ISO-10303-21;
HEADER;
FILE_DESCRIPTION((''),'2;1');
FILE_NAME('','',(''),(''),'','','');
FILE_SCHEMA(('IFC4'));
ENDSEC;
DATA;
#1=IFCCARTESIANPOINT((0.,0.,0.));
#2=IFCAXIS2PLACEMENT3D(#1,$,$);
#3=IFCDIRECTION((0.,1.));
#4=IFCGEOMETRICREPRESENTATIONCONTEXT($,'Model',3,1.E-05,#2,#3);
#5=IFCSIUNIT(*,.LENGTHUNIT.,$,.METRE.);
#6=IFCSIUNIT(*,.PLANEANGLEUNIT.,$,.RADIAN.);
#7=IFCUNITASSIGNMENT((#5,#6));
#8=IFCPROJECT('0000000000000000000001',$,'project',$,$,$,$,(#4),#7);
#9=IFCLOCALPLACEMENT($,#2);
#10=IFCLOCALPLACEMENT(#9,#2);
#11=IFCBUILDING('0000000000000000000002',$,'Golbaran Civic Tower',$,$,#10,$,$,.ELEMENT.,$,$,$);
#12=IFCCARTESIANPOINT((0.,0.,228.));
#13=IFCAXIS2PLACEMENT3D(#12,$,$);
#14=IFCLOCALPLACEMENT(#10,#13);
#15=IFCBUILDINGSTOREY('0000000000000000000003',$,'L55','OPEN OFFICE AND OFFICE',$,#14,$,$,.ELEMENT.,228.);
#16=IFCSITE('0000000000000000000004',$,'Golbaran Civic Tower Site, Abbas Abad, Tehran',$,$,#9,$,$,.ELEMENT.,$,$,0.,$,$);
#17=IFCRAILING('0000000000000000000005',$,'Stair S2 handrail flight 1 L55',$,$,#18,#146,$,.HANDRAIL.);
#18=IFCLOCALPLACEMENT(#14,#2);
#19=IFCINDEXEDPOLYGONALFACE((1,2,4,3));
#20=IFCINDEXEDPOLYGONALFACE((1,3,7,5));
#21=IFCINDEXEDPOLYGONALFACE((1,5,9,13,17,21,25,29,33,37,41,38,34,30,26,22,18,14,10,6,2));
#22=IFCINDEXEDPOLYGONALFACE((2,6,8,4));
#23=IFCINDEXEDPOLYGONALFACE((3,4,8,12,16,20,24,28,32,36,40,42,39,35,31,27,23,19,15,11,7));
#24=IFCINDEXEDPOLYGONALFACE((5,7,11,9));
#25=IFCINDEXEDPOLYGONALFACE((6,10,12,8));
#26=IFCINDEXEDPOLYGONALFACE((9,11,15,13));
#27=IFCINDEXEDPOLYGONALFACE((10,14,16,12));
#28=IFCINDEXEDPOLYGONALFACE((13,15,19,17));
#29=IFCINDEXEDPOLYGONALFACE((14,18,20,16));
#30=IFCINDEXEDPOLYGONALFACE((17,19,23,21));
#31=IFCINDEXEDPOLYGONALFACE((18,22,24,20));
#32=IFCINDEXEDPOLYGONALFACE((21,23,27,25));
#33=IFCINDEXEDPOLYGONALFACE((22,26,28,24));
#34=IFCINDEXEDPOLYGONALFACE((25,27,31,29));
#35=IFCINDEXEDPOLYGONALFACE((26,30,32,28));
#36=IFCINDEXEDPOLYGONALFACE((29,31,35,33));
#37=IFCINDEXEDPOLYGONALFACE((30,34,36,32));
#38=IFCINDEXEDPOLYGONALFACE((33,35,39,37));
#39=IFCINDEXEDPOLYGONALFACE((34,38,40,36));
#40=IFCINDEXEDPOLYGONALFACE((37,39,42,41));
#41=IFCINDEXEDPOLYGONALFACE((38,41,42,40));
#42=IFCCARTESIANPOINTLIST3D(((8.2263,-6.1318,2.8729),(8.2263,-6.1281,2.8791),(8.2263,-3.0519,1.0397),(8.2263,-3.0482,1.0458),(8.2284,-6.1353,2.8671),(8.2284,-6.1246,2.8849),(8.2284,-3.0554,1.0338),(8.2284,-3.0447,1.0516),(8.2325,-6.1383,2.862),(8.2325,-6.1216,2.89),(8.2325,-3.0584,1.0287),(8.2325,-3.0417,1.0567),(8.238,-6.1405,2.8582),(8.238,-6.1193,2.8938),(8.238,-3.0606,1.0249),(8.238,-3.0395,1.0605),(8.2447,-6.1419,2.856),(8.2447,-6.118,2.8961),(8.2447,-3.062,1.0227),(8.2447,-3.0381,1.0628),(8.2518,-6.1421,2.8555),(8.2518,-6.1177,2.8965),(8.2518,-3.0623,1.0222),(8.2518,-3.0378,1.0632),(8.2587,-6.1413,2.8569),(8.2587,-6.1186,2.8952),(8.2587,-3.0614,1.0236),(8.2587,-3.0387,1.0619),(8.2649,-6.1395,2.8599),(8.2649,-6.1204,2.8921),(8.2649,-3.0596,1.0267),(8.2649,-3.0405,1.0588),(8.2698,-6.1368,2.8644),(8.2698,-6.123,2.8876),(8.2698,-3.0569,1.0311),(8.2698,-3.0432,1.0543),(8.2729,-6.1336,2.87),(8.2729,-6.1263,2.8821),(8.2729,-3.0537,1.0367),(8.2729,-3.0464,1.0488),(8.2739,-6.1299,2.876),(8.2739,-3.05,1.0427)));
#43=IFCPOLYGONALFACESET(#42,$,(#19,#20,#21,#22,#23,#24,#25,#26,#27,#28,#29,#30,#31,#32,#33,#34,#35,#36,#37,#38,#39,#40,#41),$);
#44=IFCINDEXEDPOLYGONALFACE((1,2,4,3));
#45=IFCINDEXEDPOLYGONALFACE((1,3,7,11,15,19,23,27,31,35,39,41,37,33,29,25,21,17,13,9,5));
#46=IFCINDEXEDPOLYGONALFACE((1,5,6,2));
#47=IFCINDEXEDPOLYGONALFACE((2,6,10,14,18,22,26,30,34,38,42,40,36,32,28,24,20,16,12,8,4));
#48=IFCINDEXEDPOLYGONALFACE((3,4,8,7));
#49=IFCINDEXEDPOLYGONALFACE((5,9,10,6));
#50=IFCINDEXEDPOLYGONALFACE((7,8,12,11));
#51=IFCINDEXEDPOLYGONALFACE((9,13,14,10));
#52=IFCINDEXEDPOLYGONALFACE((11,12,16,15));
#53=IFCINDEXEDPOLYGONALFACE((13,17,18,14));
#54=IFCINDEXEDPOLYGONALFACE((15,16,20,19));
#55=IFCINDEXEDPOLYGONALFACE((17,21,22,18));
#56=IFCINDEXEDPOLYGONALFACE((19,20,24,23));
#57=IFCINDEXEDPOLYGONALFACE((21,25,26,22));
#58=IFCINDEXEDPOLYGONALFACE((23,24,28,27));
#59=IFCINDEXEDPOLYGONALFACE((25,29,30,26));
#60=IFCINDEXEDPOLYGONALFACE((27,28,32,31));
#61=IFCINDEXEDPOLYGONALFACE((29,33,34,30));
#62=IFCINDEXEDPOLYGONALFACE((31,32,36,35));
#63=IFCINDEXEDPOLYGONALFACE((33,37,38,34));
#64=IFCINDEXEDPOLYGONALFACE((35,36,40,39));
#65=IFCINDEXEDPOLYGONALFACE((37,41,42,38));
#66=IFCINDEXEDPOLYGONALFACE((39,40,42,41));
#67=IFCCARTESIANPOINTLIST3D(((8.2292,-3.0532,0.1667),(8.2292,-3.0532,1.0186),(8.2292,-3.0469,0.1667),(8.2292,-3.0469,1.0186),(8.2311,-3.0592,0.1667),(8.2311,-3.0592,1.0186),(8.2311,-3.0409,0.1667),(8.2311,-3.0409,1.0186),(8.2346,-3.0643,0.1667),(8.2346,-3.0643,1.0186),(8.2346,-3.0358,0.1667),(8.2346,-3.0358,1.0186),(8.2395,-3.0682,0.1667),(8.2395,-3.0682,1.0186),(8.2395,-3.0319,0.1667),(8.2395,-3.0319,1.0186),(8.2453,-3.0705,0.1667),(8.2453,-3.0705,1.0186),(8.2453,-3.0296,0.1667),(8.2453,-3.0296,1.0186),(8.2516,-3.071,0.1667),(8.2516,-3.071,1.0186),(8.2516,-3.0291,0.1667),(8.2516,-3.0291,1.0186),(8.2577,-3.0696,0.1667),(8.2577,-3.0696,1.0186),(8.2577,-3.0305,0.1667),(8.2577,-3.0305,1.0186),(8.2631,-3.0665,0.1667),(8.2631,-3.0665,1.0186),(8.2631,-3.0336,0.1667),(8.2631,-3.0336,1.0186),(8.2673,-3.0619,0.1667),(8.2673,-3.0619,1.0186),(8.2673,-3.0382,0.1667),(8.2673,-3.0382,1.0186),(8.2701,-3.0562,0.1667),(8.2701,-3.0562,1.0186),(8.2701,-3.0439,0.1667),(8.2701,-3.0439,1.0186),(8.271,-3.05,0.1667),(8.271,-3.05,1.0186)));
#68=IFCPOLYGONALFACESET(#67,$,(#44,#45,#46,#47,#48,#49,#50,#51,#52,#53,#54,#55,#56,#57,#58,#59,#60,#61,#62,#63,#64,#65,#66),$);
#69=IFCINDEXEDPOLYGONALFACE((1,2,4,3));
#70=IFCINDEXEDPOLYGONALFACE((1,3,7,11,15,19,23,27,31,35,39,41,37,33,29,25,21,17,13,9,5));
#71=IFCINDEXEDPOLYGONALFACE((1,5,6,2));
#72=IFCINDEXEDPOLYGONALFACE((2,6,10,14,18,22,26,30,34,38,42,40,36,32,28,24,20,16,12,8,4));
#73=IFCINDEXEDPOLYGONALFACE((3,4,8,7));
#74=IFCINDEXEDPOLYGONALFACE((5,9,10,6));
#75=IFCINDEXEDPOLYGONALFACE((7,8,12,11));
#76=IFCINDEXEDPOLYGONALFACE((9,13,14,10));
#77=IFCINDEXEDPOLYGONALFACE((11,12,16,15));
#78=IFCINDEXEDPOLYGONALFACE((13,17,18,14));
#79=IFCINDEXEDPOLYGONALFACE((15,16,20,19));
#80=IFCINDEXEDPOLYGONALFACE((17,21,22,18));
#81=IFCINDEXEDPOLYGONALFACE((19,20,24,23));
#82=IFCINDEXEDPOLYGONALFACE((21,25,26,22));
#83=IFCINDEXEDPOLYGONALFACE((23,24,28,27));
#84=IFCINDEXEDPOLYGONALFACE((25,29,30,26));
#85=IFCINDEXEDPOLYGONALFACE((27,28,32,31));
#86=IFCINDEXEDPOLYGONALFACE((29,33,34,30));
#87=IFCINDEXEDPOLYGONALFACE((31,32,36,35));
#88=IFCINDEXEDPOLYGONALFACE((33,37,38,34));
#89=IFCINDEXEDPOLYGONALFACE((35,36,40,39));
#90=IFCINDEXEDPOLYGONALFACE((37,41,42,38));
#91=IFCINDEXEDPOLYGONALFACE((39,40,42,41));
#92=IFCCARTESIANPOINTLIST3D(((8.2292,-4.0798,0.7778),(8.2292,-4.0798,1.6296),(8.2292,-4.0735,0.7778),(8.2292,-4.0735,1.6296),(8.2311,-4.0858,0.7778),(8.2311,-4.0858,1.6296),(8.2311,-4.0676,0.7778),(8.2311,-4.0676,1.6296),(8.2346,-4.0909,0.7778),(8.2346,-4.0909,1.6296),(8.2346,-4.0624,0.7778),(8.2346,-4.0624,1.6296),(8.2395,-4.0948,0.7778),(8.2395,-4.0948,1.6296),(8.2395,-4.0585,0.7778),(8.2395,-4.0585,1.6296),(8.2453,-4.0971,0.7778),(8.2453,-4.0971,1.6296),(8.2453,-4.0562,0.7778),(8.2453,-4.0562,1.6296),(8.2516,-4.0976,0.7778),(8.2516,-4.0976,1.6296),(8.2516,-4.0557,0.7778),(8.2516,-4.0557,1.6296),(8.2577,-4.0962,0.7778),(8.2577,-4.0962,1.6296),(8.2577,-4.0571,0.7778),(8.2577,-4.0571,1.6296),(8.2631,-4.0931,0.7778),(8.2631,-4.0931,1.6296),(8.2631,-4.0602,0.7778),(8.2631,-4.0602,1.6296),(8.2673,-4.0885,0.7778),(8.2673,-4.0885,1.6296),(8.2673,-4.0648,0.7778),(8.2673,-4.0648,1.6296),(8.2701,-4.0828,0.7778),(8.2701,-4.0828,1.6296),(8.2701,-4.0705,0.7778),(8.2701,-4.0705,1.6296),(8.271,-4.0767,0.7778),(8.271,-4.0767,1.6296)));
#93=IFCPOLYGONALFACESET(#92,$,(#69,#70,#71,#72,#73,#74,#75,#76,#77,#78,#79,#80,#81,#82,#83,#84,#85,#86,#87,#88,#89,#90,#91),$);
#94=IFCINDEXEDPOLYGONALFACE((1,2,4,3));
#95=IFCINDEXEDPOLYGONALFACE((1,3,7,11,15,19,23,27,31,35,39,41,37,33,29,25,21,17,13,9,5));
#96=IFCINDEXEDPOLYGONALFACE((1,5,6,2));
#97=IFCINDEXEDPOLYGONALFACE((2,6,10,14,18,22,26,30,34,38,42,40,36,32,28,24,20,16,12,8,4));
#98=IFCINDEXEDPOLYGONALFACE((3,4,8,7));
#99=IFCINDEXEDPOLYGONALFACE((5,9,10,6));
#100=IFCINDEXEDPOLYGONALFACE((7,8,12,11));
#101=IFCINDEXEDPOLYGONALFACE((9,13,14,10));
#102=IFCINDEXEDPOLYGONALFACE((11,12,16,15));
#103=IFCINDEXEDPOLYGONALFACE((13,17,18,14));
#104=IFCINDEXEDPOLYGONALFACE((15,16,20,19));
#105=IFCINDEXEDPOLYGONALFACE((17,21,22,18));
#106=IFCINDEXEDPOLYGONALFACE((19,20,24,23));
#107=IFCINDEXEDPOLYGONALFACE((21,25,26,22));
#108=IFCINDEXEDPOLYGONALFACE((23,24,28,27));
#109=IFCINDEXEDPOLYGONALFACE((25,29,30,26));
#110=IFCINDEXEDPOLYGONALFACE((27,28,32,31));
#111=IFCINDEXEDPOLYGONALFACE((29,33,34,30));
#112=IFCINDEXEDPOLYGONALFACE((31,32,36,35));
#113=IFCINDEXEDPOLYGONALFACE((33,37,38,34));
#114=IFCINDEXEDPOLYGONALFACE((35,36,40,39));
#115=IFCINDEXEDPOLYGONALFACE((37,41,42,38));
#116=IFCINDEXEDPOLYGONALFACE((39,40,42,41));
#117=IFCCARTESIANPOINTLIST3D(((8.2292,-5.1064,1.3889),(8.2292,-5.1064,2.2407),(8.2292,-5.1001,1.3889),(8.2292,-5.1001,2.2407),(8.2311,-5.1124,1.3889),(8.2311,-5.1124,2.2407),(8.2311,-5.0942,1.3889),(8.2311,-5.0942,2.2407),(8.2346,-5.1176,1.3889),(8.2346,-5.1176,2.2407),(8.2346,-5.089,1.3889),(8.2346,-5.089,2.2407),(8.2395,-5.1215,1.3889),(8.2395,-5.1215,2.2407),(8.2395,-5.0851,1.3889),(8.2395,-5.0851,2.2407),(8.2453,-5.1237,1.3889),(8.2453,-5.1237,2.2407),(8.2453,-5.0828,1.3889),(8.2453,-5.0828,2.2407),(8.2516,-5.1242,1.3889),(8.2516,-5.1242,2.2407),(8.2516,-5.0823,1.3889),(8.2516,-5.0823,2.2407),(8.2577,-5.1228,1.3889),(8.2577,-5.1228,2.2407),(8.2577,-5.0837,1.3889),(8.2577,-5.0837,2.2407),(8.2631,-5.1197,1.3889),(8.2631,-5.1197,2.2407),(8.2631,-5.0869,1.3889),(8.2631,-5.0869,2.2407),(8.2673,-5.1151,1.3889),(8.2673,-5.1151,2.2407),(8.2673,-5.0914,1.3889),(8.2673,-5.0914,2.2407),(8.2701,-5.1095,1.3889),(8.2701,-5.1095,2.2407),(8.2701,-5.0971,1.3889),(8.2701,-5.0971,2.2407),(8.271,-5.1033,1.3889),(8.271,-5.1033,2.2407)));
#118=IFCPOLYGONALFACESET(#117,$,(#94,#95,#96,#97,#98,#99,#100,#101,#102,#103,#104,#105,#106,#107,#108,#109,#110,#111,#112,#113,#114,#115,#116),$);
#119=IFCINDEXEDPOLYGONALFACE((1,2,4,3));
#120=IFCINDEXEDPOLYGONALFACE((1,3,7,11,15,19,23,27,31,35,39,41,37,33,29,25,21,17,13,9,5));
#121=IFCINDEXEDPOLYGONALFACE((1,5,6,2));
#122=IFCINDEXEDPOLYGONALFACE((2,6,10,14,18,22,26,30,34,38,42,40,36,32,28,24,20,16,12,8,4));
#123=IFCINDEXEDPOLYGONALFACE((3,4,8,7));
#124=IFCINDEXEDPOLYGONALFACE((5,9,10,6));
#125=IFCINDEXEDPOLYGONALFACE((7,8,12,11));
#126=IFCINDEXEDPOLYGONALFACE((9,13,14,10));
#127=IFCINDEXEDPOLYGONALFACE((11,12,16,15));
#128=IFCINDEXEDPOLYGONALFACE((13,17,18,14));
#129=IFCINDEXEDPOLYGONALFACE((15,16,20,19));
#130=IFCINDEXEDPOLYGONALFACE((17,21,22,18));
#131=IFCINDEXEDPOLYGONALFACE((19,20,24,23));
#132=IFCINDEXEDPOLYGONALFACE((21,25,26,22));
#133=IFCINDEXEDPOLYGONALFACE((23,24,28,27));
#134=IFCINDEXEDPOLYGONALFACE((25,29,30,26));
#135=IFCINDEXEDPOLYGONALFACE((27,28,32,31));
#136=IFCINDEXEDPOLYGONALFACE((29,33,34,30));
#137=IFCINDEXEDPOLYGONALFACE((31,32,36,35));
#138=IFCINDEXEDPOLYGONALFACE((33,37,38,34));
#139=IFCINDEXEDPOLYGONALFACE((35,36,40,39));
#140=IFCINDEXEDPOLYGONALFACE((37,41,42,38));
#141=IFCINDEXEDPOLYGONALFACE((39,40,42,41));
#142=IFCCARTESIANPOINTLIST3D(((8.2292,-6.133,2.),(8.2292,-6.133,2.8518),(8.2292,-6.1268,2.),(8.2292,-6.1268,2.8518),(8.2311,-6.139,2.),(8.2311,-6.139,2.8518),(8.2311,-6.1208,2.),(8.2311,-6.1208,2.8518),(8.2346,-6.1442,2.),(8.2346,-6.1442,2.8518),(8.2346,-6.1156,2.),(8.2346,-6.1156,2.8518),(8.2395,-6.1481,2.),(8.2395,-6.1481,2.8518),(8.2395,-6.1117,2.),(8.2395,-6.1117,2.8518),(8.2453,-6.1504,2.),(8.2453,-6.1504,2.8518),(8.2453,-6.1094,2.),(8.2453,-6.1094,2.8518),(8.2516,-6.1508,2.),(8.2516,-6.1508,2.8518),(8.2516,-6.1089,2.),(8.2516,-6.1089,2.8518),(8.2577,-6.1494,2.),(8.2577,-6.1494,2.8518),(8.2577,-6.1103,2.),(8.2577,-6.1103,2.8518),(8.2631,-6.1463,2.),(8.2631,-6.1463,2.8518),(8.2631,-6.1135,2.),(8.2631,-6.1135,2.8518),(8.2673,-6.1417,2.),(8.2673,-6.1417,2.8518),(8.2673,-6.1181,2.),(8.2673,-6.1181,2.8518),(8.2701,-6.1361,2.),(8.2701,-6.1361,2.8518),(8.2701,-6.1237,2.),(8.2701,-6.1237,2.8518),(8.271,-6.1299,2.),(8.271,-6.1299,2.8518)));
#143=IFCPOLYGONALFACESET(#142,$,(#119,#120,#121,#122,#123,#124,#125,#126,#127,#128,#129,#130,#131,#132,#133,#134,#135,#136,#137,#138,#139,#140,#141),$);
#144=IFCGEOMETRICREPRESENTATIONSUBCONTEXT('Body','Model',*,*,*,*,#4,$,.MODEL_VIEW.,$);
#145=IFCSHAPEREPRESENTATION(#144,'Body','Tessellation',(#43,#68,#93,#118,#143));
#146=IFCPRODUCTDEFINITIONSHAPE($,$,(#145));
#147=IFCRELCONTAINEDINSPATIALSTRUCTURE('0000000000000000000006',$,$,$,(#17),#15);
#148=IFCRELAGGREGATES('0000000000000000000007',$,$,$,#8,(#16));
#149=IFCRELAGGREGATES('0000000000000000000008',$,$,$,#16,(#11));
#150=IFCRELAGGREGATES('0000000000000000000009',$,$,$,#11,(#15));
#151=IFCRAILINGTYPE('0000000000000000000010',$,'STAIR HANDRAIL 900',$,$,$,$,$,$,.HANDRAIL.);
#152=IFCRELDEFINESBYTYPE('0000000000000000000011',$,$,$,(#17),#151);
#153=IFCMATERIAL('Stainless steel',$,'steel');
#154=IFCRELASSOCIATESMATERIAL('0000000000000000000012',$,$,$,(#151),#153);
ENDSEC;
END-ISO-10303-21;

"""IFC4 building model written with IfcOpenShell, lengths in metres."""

from ifc_helpers import new_model, si_unit, direction, frame, origin, origin_2d, place, context, subcontext, project, spatial, circle, extrude, material, type_object, element, save


model = new_model("IFC4")

# Units and contexts
model_context = context("Model", 3, precision=1e-05, world=origin(), true_north=direction((0.0, 1.0)))
body_context = subcontext(model_context, "Body", "Model", "MODEL_VIEW")
ifc_project = project(units=[si_unit("LENGTHUNIT", "METRE"), si_unit("PLANEANGLEUNIT", "RADIAN")], contexts=[model_context])

# Site, building, storey
site_placement = place(None, origin())
site = spatial("IfcSite", under=ifc_project, at=site_placement, Name="Golbaran Civic Tower Site, Abbas Abad, Tehran", CompositionType="ELEMENT", RefElevation=0.0)
building_placement = place(site_placement, origin())
building = spatial("IfcBuilding", under=site, at=building_placement, Name="Golbaran Civic Tower", CompositionType="ELEMENT")
storey_placement = place(building_placement, frame((0.0, 0.0, 228.0)))
storey = spatial("IfcBuildingStorey", under=building, at=storey_placement, Name="L55", Description="OPEN OFFICE AND OFFICE", CompositionType="ELEMENT", Elevation=228.0)

# Shared definitions
ifc_material_1 = material(Name="Stainless steel", Category="steel")

# Railing
railing_type = type_object("IfcRailingType", Name="STAIR HANDRAIL 900", PredefinedType="HANDRAIL", material=ifc_material_1)
railing_1_placement = place(storey_placement, frame((8.25, -3.05, 0.1667)))
element("IfcRailing", 1, at=railing_1_placement, inside=storey, type_object=railing_type, Name="Stair S2 handrail flight 1 L55", PredefinedType="HANDRAIL", context=body_context, shape_type="SweptSolid", body=[
    extrude(circle(Radius=0.0239, at=origin_2d()), frame((0.0, 0.0, 0.876), z_axis=(0.0, -0.859291, 0.511487), x_axis=(1.0, 0.0, 0.0)), (0.0, 0.0, 1.0), 3.5842),
    extrude(circle(Radius=0.021, at=origin_2d()), origin(), (0.0, 0.0, 1.0), 0.8518),
    extrude(circle(Radius=0.021, at=origin_2d()), frame((0.0, -1.0266, 0.6111)), (0.0, 0.0, 1.0), 0.8518),
    extrude(circle(Radius=0.021, at=origin_2d()), frame((0.0, -2.0532, 1.2222)), (0.0, 0.0, 1.0), 0.8518),
    extrude(circle(Radius=0.021, at=origin_2d()), frame((0.0, -3.0798, 1.8333)), (0.0, 0.0, 1.0), 0.8518),
])

save(model, "model.ifc")
